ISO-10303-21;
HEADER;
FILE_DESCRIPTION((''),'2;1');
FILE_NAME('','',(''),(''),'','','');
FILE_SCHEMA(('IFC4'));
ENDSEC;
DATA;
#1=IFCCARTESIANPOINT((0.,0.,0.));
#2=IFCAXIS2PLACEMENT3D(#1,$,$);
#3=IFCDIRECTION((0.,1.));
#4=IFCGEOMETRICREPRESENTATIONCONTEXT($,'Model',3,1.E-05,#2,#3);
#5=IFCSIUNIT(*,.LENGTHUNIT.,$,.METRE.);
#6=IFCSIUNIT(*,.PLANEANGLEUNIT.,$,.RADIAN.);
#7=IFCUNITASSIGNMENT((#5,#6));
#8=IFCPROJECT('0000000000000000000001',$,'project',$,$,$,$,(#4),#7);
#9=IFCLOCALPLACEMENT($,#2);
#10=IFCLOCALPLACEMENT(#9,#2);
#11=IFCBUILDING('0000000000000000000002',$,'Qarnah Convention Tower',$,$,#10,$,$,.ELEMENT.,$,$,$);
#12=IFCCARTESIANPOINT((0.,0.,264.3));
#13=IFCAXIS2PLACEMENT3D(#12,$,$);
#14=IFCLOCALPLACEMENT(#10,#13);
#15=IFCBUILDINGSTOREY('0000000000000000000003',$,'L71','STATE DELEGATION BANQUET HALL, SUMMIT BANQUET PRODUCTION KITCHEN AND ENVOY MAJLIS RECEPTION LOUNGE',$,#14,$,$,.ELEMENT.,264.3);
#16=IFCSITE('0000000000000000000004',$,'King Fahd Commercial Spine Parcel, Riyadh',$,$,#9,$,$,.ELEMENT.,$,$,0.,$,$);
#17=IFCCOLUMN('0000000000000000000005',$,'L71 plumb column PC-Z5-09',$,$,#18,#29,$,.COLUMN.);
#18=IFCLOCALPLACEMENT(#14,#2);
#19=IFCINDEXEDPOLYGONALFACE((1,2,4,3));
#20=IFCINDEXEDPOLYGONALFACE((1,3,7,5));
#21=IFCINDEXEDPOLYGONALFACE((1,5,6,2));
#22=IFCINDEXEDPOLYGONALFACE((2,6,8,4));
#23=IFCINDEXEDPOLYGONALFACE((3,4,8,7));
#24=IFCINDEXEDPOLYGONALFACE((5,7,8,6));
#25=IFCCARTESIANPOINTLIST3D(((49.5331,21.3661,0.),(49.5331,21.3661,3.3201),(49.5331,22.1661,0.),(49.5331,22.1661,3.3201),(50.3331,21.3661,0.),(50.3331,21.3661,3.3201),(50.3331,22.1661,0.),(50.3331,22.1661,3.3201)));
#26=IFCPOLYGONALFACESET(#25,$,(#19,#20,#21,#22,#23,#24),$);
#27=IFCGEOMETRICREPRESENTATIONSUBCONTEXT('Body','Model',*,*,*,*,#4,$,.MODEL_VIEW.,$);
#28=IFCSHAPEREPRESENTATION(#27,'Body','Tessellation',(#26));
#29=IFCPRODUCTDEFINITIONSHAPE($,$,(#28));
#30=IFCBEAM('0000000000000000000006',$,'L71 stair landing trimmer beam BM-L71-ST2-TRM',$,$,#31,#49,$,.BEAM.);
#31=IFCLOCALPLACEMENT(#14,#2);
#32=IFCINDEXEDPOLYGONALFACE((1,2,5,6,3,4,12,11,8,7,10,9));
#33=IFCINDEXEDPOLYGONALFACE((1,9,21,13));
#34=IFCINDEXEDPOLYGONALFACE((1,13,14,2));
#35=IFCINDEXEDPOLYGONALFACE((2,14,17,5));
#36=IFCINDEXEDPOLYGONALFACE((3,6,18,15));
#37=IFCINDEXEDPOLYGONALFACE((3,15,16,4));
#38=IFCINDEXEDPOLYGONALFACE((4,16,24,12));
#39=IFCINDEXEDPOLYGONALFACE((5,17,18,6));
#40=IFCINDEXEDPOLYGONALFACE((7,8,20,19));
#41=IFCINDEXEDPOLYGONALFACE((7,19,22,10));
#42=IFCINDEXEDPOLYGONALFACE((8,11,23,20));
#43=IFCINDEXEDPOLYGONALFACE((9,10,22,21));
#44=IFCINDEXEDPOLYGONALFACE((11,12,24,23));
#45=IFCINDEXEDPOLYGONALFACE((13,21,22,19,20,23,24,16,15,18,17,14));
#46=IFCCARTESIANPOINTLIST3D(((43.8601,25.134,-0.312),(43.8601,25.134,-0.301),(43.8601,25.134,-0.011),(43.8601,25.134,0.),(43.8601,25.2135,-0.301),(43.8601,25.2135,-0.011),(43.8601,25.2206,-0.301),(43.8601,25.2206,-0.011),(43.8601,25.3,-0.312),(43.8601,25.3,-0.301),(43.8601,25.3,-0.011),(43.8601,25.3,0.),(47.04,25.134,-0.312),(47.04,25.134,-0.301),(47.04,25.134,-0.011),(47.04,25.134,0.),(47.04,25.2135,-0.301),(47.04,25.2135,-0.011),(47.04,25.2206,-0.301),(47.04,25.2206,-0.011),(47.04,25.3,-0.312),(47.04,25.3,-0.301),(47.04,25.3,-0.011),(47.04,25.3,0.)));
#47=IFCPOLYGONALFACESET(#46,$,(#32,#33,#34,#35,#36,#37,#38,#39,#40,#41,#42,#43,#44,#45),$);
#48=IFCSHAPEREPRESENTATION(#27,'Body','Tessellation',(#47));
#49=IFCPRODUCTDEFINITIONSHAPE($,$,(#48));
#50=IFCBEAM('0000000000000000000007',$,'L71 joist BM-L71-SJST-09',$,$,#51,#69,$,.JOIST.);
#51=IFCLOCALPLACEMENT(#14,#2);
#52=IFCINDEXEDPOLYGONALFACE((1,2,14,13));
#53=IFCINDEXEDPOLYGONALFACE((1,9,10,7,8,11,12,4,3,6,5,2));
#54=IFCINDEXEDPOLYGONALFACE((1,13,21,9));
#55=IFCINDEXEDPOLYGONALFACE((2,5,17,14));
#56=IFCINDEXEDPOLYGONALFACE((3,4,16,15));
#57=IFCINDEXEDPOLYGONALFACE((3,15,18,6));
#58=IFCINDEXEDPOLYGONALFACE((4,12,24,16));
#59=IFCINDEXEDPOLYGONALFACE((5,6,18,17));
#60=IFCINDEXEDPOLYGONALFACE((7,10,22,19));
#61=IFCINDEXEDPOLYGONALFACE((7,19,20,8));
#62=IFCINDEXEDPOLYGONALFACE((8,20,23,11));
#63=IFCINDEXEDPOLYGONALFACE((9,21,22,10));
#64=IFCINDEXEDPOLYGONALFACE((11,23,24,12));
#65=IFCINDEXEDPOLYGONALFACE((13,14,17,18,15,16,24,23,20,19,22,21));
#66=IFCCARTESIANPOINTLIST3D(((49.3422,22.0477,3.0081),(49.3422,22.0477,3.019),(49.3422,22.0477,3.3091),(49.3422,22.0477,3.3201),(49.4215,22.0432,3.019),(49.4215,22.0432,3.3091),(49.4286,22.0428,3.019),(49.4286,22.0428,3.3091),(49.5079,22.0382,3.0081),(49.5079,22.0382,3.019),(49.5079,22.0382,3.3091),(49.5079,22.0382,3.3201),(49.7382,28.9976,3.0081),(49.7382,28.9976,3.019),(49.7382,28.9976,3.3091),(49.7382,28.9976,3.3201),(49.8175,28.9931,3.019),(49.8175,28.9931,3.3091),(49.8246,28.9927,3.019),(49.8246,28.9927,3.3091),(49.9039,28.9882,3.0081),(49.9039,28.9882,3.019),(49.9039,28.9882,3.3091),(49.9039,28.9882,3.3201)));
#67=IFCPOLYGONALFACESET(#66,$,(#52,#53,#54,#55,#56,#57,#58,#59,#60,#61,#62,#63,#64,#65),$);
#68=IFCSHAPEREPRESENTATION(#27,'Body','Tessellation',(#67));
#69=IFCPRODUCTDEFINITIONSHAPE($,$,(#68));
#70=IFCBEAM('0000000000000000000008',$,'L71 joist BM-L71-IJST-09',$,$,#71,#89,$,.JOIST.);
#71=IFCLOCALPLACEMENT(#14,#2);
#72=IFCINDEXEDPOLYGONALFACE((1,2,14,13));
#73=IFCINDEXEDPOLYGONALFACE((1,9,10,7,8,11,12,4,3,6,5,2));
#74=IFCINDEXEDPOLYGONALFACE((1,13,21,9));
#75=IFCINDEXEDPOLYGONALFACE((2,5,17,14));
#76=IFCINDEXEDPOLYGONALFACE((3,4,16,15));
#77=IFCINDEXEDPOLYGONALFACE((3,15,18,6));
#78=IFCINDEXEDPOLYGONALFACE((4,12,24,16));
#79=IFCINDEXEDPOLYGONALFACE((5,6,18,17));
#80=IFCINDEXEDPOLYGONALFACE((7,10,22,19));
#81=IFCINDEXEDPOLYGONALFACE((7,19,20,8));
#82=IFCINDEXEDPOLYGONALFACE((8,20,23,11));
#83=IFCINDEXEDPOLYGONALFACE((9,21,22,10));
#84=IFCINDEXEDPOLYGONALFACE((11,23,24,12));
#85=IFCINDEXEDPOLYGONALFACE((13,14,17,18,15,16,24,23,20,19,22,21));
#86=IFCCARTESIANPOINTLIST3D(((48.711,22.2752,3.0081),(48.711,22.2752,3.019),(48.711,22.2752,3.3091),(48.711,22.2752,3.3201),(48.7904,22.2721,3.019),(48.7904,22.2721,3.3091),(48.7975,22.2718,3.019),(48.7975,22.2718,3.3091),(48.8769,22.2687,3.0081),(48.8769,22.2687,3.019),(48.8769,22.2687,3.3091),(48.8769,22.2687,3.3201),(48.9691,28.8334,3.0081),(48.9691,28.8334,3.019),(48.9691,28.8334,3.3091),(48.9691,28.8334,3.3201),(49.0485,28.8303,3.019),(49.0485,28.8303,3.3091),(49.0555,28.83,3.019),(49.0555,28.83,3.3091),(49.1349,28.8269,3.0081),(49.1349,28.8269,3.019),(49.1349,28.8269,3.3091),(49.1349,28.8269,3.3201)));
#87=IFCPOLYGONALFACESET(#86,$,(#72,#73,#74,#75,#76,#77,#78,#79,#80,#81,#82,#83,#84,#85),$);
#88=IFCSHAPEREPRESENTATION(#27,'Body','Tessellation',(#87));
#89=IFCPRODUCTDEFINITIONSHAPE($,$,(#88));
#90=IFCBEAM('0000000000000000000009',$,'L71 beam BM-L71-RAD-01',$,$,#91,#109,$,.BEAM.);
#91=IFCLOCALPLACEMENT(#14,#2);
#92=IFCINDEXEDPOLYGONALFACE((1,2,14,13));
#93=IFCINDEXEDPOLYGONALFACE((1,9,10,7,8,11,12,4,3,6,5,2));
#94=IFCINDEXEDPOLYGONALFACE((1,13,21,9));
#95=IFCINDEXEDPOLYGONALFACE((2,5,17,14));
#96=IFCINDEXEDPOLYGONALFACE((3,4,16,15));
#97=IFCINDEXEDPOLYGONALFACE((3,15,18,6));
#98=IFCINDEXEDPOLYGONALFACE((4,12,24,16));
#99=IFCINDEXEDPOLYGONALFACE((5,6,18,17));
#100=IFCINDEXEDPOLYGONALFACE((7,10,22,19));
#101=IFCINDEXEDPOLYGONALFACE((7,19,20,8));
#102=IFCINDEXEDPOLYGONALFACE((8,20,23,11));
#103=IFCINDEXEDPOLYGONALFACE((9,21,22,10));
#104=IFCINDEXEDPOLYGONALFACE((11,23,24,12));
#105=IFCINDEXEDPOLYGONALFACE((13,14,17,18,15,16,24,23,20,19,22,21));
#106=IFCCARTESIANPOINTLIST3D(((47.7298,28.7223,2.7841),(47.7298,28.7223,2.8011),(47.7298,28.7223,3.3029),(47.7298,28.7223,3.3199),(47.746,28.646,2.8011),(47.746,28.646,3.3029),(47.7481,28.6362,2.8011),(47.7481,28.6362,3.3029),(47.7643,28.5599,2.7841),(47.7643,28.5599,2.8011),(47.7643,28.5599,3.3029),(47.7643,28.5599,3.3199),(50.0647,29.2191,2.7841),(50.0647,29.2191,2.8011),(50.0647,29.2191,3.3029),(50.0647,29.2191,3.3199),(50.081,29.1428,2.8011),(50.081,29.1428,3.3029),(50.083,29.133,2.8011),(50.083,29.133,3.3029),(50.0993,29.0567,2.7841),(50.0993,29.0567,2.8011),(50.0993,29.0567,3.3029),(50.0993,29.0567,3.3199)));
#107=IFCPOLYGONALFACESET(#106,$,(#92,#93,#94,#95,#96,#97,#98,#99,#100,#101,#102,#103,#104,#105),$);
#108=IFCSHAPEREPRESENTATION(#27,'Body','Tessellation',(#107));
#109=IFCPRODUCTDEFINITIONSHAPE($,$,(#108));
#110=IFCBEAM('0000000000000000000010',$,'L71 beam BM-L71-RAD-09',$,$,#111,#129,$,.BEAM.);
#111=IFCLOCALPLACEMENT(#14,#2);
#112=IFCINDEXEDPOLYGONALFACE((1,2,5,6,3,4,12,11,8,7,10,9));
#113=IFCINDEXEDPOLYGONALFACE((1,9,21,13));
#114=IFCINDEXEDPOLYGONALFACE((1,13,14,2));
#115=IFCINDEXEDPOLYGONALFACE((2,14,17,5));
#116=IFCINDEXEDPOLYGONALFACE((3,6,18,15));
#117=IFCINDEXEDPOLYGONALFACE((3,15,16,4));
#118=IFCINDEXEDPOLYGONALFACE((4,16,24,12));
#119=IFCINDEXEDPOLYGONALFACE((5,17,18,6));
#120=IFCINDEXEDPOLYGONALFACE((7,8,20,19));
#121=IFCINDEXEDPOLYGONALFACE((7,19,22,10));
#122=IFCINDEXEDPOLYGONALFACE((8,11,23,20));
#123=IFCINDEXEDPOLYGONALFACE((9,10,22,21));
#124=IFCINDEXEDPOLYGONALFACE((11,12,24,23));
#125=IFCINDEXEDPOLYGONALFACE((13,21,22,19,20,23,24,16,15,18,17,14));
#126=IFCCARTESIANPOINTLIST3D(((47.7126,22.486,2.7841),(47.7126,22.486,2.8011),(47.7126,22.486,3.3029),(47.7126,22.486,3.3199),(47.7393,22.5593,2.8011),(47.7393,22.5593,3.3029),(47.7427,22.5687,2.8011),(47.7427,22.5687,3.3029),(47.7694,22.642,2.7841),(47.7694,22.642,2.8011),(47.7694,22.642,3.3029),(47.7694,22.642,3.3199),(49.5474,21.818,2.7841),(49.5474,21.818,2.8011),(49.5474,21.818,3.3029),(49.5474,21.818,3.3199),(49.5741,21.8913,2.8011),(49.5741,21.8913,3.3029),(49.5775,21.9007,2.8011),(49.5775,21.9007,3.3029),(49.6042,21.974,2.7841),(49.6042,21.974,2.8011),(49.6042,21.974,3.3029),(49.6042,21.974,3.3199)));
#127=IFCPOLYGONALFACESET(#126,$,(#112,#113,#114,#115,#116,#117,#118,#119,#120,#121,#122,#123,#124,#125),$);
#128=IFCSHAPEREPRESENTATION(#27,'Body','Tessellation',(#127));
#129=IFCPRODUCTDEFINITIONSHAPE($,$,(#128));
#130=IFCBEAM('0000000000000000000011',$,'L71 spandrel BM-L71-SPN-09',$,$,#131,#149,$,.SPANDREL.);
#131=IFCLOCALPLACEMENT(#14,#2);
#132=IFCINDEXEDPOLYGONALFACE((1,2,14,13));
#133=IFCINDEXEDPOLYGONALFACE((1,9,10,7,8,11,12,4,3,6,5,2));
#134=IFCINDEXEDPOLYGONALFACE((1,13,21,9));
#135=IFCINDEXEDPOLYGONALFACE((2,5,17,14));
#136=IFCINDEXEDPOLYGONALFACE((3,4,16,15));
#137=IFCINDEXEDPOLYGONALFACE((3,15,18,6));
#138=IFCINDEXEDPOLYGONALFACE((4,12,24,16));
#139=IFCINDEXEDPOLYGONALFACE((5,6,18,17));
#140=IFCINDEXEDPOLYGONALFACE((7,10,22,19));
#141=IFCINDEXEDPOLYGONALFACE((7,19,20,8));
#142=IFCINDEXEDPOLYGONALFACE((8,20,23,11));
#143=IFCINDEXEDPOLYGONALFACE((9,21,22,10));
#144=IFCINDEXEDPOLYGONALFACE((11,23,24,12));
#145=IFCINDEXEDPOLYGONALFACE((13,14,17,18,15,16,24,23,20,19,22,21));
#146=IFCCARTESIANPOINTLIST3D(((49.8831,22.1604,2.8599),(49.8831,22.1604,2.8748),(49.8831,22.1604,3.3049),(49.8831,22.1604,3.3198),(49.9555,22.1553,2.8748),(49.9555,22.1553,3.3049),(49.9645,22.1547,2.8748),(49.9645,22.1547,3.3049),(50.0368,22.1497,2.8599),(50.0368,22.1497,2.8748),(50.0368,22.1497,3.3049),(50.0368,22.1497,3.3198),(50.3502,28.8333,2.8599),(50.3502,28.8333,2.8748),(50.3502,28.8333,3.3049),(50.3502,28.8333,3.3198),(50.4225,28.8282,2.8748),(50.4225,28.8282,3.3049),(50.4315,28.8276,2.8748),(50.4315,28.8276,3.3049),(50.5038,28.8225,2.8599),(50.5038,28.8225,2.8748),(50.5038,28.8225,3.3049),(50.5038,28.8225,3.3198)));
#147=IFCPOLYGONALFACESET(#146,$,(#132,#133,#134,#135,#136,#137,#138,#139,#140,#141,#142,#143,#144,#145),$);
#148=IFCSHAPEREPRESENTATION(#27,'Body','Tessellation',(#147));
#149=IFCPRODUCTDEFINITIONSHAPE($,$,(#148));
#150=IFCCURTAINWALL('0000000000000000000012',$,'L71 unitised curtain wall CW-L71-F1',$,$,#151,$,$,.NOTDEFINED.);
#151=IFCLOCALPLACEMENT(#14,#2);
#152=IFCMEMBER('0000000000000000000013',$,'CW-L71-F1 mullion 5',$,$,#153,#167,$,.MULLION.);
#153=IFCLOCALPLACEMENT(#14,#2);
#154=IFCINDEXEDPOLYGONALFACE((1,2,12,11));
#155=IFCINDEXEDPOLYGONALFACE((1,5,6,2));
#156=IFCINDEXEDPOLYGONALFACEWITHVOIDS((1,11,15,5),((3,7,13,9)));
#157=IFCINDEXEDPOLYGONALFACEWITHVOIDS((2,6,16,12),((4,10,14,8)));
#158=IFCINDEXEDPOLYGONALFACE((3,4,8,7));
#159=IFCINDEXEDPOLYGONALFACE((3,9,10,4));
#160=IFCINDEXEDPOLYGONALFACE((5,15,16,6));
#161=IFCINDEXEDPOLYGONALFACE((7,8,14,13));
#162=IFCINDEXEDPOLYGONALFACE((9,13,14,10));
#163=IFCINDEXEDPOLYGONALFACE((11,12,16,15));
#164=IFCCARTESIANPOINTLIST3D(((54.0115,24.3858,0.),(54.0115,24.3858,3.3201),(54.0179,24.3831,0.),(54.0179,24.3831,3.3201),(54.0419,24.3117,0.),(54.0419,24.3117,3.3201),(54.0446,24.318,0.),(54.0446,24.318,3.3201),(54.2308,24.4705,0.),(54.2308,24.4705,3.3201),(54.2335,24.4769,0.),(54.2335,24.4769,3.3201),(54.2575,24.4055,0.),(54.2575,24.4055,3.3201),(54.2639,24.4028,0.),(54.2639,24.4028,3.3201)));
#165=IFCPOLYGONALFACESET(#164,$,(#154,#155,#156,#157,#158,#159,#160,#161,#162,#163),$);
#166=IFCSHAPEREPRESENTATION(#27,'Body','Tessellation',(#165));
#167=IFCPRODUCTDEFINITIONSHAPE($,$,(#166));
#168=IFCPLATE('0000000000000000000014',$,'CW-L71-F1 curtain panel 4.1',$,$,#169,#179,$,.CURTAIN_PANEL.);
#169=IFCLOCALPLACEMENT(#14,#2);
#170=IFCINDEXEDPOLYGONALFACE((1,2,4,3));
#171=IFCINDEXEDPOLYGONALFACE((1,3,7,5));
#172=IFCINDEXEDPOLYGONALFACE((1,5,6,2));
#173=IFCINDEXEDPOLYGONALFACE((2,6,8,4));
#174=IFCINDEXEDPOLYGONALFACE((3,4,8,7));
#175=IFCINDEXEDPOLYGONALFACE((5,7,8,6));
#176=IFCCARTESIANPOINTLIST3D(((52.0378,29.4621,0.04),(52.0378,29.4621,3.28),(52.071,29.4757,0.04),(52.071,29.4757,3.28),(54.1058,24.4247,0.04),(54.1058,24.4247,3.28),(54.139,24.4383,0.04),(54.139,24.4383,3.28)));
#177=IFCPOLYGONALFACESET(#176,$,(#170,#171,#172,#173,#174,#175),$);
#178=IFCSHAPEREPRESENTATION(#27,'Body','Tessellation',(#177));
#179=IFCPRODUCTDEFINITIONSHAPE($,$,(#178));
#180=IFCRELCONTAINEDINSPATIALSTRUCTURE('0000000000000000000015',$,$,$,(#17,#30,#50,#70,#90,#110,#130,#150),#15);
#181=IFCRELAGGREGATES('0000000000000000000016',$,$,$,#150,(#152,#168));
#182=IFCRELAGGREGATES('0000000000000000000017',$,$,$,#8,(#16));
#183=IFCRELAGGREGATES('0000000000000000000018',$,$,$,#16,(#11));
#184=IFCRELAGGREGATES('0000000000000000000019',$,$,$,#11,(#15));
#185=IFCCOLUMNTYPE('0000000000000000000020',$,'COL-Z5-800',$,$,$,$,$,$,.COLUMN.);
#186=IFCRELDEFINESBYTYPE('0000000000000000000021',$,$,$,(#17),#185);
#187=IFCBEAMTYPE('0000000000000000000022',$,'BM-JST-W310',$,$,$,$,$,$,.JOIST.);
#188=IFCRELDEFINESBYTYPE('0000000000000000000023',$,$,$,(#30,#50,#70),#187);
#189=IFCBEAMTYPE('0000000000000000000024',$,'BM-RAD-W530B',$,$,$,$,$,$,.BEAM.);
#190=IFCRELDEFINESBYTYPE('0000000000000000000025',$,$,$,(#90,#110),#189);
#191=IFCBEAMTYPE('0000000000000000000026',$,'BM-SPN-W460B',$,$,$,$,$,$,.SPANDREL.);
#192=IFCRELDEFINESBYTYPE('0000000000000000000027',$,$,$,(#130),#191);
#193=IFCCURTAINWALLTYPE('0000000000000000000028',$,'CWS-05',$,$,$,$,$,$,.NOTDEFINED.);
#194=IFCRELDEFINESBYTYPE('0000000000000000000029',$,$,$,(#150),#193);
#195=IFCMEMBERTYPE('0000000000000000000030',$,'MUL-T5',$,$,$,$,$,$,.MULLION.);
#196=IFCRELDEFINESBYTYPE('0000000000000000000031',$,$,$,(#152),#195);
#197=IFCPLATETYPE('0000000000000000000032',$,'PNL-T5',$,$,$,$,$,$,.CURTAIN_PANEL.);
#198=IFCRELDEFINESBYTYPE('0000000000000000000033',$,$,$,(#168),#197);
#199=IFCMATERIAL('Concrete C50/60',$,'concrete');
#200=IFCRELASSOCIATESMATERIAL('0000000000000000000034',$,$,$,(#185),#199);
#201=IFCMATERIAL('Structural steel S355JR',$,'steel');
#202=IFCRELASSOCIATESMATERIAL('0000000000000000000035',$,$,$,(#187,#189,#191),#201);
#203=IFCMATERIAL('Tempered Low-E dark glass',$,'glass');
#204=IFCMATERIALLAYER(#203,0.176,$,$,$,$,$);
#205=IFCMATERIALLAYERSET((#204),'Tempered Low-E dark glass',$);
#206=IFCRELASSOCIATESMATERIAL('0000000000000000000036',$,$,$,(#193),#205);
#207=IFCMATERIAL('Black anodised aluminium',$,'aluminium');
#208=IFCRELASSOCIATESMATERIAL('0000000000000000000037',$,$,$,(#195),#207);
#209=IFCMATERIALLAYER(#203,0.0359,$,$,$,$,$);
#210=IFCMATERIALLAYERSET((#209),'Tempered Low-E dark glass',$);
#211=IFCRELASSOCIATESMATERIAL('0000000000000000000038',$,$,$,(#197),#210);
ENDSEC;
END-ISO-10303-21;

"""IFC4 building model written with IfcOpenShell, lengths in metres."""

from ifc_helpers import new_model, si_unit, direction, frame, origin, origin_2d, place, context, subcontext, project, spatial, rectangle, hollow_rectangle, i_section, extrude, material, layer, layer_set, material_profile, profile_set, type_object, element, aggregate, save


model = new_model("IFC4")

# Units and contexts
model_context = context("Model", 3, precision=1e-05, world=origin(), true_north=direction((0.0, 1.0)))
body_context = subcontext(model_context, "Body", "Model", "MODEL_VIEW")
ifc_project = project(units=[si_unit("LENGTHUNIT", "METRE"), si_unit("PLANEANGLEUNIT", "RADIAN")], contexts=[model_context])

# Site, building, storey
site_placement = place(None, origin())
site = spatial("IfcSite", under=ifc_project, at=site_placement, Name="King Fahd Commercial Spine Parcel, Riyadh", CompositionType="ELEMENT", RefElevation=0.0)
building_placement = place(site_placement, origin())
building = spatial("IfcBuilding", under=site, at=building_placement, Name="Qarnah Convention Tower", CompositionType="ELEMENT")
storey_placement = place(building_placement, frame((0.0, 0.0, 264.3)))
storey = spatial("IfcBuildingStorey", under=building, at=storey_placement, Name="L71", Description="STATE DELEGATION BANQUET HALL, SUMMIT BANQUET PRODUCTION KITCHEN AND ENVOY MAJLIS RECEPTION LOUNGE", CompositionType="ELEMENT", Elevation=264.3)

# Column
ifc_material_1 = material(Name="Concrete C50/60", Category="concrete")
ifc_material_profile_1 = material_profile(ifc_material_1, rectangle(XDim=0.8, YDim=0.8, at=origin_2d()), Name="RC-COL-800X800")
ifc_profile_set_1 = profile_set([ifc_material_profile_1], Name="Concrete C50/60")
column_type = type_object("IfcColumnType", Name="COL-Z5-800", PredefinedType="COLUMN", material=ifc_profile_set_1)
column_placement = place(storey_placement, frame((49.9331, 21.7661, 0.0), z_axis=(0.0, 0.0, 1.0), x_axis=(1.0, 0.0, 0.0)))
element("IfcColumn", 1, at=column_placement, inside=storey, type_object=column_type, Name="L71 plumb column PC-Z5-09", PredefinedType="COLUMN", context=body_context, shape_type="SweptSolid", body=[
    extrude(rectangle(XDim=0.8, YDim=0.8, at=origin_2d()), origin(), (0.0, 0.0, 1.0), 3.3201),
])

# Beams
ifc_material_2 = material(Name="Structural steel S355JR", Category="steel")
ifc_material_profile_2 = material_profile(ifc_material_2, i_section(OverallWidth=0.166, OverallDepth=0.312, WebThickness=0.0071, FlangeThickness=0.011, at=origin_2d()), Name="W310X45")
ifc_profile_set_2 = profile_set([ifc_material_profile_2], Name="Structural steel S355JR")
beam_type_1 = type_object("IfcBeamType", Name="BM-JST-W310", PredefinedType="JOIST", material=ifc_profile_set_2)
beam_1_placement = place(storey_placement, frame((43.8601, 25.217, -0.156), z_axis=(1.0, 0.0, 0.0), x_axis=(0.0, 1.0, 0.0)))
element("IfcBeam", 2, at=beam_1_placement, inside=storey, type_object=beam_type_1, Name="L71 stair landing trimmer beam BM-L71-ST2-TRM", PredefinedType="BEAM", context=body_context, shape_type="SweptSolid", body=[
    extrude(i_section(OverallWidth=0.166, OverallDepth=0.312, WebThickness=0.0071, FlangeThickness=0.011, at=origin_2d()), origin(), (0.0, 0.0, 1.0), 3.1799),
])
beam_2_placement = place(storey_placement, frame((49.425, 22.043, 3.1641), z_axis=(0.056886, 0.998381, 0.0), x_axis=(-0.998381, 0.056886, 0.0)))
element("IfcBeam", 3, at=beam_2_placement, inside=storey, type_object=beam_type_1, Name="L71 joist BM-L71-SJST-09", PredefinedType="JOIST", context=body_context, shape_type="SweptSolid", body=[
    extrude(i_section(OverallWidth=0.166, OverallDepth=0.312, WebThickness=0.0071, FlangeThickness=0.011, at=origin_2d()), origin(), (0.0, 0.0, 1.0), 6.9612),
])
beam_3_placement = place(storey_placement, frame((48.7939, 22.272, 3.1641), z_axis=(0.039319, 0.999227, 0.0), x_axis=(-0.999227, 0.039319, 0.0)))
element("IfcBeam", 4, at=beam_3_placement, inside=storey, type_object=beam_type_1, Name="L71 joist BM-L71-IJST-09", PredefinedType="JOIST", context=body_context, shape_type="SweptSolid", body=[
    extrude(i_section(OverallWidth=0.166, OverallDepth=0.312, WebThickness=0.0071, FlangeThickness=0.011, at=origin_2d()), origin(), (0.0, 0.0, 1.0), 6.5632),
])
ifc_material_profile_3 = material_profile(ifc_material_2, i_section(OverallWidth=0.166, OverallDepth=0.5359, WebThickness=0.01, FlangeThickness=0.0171, at=origin_2d()), Name="W530X85")
ifc_profile_set_3 = profile_set([ifc_material_profile_3], Name="Structural steel S355JR")
beam_type_2 = type_object("IfcBeamType", Name="BM-RAD-W530B", PredefinedType="BEAM", material=ifc_profile_set_3)
beam_4_placement = place(storey_placement, frame((47.7471, 28.6411, 3.052), z_axis=(0.978104, 0.208118, 0.0), x_axis=(-0.208118, 0.978104, 0.0)))
element("IfcBeam", 5, at=beam_4_placement, inside=storey, type_object=beam_type_2, Name="L71 beam BM-L71-RAD-01", PredefinedType="BEAM", context=body_context, shape_type="SweptSolid", body=[
    extrude(i_section(OverallWidth=0.166, OverallDepth=0.5359, WebThickness=0.01, FlangeThickness=0.0171, at=origin_2d()), origin(), (0.0, 0.0, 1.0), 2.3872),
])
beam_5_placement = place(storey_placement, frame((47.741, 22.564, 3.052), z_axis=(0.939677, -0.342064, 0.0), x_axis=(0.342064, 0.939677, 0.0)))
element("IfcBeam", 6, at=beam_5_placement, inside=storey, type_object=beam_type_2, Name="L71 beam BM-L71-RAD-09", PredefinedType="BEAM", context=body_context, shape_type="SweptSolid", body=[
    extrude(i_section(OverallWidth=0.166, OverallDepth=0.5359, WebThickness=0.01, FlangeThickness=0.0171, at=origin_2d()), origin(), (0.0, 0.0, 1.0), 1.9526),
])
ifc_material_profile_4 = material_profile(ifc_material_2, i_section(OverallWidth=0.1541, OverallDepth=0.46, WebThickness=0.009, FlangeThickness=0.0149, at=origin_2d()), Name="W460X68")
ifc_profile_set_4 = profile_set([ifc_material_profile_4], Name="Structural steel S355JR")
beam_type_3 = type_object("IfcBeamType", Name="BM-SPN-W460B", PredefinedType="SPANDREL", material=ifc_profile_set_4)
beam_6_placement = place(storey_placement, frame((49.96, 22.155, 3.0898), z_axis=(0.06982, 0.99756, 0.0), x_axis=(-0.99756, 0.06982, 0.0)))
element("IfcBeam", 7, at=beam_6_placement, inside=storey, type_object=beam_type_3, Name="L71 spandrel BM-L71-SPN-09", PredefinedType="SPANDREL", context=body_context, shape_type="SweptSolid", body=[
    extrude(i_section(OverallWidth=0.1541, OverallDepth=0.46, WebThickness=0.009, FlangeThickness=0.0149, at=origin_2d()), origin(), (0.0, 0.0, 1.0), 6.6892),
])

# Curtain wall, member, plate
ifc_material_3 = material(Name="Tempered Low-E dark glass", Category="glass")
ifc_layer_1 = layer(ifc_material_3, 0.176)
ifc_layer_set_1 = layer_set([ifc_layer_1], Name="Tempered Low-E dark glass")
curtain_wall_type = type_object("IfcCurtainWallType", Name="CWS-05", PredefinedType="NOTDEFINED", material=ifc_layer_set_1)
curtain_wall_placement = place(storey_placement, origin())
curtain_wall = element("IfcCurtainWall", 8, at=curtain_wall_placement, inside=storey, type_object=curtain_wall_type, Name="L71 unitised curtain wall CW-L71-F1", PredefinedType="NOTDEFINED")
ifc_material_4 = material(Name="Black anodised aluminium", Category="aluminium")
ifc_material_profile_5 = material_profile(ifc_material_4, hollow_rectangle(XDim=0.0801, YDim=0.24, WallThickness=0.0049, at=origin_2d()), Name="MUL-80X240")
ifc_profile_set_5 = profile_set([ifc_material_profile_5], Name="Black anodised aluminium")
member_type = type_object("IfcMemberType", Name="MUL-T5", PredefinedType="MULLION", material=ifc_profile_set_5)
member_placement = place(storey_placement, frame((54.1377, 24.3943, 0.0), z_axis=(0.0, 0.0, 1.0), x_axis=(0.379776, -0.925079, 0.0)))
member = element("IfcMember", 9, at=member_placement, type_object=member_type, Name="CW-L71-F1 mullion 5", PredefinedType="MULLION", context=body_context, shape_type="SweptSolid", body=[
    extrude(hollow_rectangle(XDim=0.0801, YDim=0.24, WallThickness=0.0049, at=origin_2d()), origin(), (0.0, 0.0, 1.0), 3.3201),
])
ifc_layer_2 = layer(ifc_material_3, 0.0359)
ifc_layer_set_2 = layer_set([ifc_layer_2], Name="Tempered Low-E dark glass")
plate_type = type_object("IfcPlateType", Name="PNL-T5", PredefinedType="CURTAIN_PANEL", material=ifc_layer_set_2)
plate_1_placement = place(storey_placement, frame((53.0884, 26.9502, 0.04), z_axis=(0.0, 0.0, 1.0), x_axis=(0.379776, -0.925079, 0.0)))
plate_1 = element("IfcPlate", 10, at=plate_1_placement, type_object=plate_type, Name="CW-L71-F1 curtain panel 4.1", PredefinedType="CURTAIN_PANEL", context=body_context, shape_type="SweptSolid", body=[
    extrude(rectangle(XDim=5.4453, YDim=0.0359, at=origin_2d()), origin(), (0.0, 0.0, 1.0), 3.24),
])
aggregate(curtain_wall, [member, plate_1])

save(model, "model.ifc")
